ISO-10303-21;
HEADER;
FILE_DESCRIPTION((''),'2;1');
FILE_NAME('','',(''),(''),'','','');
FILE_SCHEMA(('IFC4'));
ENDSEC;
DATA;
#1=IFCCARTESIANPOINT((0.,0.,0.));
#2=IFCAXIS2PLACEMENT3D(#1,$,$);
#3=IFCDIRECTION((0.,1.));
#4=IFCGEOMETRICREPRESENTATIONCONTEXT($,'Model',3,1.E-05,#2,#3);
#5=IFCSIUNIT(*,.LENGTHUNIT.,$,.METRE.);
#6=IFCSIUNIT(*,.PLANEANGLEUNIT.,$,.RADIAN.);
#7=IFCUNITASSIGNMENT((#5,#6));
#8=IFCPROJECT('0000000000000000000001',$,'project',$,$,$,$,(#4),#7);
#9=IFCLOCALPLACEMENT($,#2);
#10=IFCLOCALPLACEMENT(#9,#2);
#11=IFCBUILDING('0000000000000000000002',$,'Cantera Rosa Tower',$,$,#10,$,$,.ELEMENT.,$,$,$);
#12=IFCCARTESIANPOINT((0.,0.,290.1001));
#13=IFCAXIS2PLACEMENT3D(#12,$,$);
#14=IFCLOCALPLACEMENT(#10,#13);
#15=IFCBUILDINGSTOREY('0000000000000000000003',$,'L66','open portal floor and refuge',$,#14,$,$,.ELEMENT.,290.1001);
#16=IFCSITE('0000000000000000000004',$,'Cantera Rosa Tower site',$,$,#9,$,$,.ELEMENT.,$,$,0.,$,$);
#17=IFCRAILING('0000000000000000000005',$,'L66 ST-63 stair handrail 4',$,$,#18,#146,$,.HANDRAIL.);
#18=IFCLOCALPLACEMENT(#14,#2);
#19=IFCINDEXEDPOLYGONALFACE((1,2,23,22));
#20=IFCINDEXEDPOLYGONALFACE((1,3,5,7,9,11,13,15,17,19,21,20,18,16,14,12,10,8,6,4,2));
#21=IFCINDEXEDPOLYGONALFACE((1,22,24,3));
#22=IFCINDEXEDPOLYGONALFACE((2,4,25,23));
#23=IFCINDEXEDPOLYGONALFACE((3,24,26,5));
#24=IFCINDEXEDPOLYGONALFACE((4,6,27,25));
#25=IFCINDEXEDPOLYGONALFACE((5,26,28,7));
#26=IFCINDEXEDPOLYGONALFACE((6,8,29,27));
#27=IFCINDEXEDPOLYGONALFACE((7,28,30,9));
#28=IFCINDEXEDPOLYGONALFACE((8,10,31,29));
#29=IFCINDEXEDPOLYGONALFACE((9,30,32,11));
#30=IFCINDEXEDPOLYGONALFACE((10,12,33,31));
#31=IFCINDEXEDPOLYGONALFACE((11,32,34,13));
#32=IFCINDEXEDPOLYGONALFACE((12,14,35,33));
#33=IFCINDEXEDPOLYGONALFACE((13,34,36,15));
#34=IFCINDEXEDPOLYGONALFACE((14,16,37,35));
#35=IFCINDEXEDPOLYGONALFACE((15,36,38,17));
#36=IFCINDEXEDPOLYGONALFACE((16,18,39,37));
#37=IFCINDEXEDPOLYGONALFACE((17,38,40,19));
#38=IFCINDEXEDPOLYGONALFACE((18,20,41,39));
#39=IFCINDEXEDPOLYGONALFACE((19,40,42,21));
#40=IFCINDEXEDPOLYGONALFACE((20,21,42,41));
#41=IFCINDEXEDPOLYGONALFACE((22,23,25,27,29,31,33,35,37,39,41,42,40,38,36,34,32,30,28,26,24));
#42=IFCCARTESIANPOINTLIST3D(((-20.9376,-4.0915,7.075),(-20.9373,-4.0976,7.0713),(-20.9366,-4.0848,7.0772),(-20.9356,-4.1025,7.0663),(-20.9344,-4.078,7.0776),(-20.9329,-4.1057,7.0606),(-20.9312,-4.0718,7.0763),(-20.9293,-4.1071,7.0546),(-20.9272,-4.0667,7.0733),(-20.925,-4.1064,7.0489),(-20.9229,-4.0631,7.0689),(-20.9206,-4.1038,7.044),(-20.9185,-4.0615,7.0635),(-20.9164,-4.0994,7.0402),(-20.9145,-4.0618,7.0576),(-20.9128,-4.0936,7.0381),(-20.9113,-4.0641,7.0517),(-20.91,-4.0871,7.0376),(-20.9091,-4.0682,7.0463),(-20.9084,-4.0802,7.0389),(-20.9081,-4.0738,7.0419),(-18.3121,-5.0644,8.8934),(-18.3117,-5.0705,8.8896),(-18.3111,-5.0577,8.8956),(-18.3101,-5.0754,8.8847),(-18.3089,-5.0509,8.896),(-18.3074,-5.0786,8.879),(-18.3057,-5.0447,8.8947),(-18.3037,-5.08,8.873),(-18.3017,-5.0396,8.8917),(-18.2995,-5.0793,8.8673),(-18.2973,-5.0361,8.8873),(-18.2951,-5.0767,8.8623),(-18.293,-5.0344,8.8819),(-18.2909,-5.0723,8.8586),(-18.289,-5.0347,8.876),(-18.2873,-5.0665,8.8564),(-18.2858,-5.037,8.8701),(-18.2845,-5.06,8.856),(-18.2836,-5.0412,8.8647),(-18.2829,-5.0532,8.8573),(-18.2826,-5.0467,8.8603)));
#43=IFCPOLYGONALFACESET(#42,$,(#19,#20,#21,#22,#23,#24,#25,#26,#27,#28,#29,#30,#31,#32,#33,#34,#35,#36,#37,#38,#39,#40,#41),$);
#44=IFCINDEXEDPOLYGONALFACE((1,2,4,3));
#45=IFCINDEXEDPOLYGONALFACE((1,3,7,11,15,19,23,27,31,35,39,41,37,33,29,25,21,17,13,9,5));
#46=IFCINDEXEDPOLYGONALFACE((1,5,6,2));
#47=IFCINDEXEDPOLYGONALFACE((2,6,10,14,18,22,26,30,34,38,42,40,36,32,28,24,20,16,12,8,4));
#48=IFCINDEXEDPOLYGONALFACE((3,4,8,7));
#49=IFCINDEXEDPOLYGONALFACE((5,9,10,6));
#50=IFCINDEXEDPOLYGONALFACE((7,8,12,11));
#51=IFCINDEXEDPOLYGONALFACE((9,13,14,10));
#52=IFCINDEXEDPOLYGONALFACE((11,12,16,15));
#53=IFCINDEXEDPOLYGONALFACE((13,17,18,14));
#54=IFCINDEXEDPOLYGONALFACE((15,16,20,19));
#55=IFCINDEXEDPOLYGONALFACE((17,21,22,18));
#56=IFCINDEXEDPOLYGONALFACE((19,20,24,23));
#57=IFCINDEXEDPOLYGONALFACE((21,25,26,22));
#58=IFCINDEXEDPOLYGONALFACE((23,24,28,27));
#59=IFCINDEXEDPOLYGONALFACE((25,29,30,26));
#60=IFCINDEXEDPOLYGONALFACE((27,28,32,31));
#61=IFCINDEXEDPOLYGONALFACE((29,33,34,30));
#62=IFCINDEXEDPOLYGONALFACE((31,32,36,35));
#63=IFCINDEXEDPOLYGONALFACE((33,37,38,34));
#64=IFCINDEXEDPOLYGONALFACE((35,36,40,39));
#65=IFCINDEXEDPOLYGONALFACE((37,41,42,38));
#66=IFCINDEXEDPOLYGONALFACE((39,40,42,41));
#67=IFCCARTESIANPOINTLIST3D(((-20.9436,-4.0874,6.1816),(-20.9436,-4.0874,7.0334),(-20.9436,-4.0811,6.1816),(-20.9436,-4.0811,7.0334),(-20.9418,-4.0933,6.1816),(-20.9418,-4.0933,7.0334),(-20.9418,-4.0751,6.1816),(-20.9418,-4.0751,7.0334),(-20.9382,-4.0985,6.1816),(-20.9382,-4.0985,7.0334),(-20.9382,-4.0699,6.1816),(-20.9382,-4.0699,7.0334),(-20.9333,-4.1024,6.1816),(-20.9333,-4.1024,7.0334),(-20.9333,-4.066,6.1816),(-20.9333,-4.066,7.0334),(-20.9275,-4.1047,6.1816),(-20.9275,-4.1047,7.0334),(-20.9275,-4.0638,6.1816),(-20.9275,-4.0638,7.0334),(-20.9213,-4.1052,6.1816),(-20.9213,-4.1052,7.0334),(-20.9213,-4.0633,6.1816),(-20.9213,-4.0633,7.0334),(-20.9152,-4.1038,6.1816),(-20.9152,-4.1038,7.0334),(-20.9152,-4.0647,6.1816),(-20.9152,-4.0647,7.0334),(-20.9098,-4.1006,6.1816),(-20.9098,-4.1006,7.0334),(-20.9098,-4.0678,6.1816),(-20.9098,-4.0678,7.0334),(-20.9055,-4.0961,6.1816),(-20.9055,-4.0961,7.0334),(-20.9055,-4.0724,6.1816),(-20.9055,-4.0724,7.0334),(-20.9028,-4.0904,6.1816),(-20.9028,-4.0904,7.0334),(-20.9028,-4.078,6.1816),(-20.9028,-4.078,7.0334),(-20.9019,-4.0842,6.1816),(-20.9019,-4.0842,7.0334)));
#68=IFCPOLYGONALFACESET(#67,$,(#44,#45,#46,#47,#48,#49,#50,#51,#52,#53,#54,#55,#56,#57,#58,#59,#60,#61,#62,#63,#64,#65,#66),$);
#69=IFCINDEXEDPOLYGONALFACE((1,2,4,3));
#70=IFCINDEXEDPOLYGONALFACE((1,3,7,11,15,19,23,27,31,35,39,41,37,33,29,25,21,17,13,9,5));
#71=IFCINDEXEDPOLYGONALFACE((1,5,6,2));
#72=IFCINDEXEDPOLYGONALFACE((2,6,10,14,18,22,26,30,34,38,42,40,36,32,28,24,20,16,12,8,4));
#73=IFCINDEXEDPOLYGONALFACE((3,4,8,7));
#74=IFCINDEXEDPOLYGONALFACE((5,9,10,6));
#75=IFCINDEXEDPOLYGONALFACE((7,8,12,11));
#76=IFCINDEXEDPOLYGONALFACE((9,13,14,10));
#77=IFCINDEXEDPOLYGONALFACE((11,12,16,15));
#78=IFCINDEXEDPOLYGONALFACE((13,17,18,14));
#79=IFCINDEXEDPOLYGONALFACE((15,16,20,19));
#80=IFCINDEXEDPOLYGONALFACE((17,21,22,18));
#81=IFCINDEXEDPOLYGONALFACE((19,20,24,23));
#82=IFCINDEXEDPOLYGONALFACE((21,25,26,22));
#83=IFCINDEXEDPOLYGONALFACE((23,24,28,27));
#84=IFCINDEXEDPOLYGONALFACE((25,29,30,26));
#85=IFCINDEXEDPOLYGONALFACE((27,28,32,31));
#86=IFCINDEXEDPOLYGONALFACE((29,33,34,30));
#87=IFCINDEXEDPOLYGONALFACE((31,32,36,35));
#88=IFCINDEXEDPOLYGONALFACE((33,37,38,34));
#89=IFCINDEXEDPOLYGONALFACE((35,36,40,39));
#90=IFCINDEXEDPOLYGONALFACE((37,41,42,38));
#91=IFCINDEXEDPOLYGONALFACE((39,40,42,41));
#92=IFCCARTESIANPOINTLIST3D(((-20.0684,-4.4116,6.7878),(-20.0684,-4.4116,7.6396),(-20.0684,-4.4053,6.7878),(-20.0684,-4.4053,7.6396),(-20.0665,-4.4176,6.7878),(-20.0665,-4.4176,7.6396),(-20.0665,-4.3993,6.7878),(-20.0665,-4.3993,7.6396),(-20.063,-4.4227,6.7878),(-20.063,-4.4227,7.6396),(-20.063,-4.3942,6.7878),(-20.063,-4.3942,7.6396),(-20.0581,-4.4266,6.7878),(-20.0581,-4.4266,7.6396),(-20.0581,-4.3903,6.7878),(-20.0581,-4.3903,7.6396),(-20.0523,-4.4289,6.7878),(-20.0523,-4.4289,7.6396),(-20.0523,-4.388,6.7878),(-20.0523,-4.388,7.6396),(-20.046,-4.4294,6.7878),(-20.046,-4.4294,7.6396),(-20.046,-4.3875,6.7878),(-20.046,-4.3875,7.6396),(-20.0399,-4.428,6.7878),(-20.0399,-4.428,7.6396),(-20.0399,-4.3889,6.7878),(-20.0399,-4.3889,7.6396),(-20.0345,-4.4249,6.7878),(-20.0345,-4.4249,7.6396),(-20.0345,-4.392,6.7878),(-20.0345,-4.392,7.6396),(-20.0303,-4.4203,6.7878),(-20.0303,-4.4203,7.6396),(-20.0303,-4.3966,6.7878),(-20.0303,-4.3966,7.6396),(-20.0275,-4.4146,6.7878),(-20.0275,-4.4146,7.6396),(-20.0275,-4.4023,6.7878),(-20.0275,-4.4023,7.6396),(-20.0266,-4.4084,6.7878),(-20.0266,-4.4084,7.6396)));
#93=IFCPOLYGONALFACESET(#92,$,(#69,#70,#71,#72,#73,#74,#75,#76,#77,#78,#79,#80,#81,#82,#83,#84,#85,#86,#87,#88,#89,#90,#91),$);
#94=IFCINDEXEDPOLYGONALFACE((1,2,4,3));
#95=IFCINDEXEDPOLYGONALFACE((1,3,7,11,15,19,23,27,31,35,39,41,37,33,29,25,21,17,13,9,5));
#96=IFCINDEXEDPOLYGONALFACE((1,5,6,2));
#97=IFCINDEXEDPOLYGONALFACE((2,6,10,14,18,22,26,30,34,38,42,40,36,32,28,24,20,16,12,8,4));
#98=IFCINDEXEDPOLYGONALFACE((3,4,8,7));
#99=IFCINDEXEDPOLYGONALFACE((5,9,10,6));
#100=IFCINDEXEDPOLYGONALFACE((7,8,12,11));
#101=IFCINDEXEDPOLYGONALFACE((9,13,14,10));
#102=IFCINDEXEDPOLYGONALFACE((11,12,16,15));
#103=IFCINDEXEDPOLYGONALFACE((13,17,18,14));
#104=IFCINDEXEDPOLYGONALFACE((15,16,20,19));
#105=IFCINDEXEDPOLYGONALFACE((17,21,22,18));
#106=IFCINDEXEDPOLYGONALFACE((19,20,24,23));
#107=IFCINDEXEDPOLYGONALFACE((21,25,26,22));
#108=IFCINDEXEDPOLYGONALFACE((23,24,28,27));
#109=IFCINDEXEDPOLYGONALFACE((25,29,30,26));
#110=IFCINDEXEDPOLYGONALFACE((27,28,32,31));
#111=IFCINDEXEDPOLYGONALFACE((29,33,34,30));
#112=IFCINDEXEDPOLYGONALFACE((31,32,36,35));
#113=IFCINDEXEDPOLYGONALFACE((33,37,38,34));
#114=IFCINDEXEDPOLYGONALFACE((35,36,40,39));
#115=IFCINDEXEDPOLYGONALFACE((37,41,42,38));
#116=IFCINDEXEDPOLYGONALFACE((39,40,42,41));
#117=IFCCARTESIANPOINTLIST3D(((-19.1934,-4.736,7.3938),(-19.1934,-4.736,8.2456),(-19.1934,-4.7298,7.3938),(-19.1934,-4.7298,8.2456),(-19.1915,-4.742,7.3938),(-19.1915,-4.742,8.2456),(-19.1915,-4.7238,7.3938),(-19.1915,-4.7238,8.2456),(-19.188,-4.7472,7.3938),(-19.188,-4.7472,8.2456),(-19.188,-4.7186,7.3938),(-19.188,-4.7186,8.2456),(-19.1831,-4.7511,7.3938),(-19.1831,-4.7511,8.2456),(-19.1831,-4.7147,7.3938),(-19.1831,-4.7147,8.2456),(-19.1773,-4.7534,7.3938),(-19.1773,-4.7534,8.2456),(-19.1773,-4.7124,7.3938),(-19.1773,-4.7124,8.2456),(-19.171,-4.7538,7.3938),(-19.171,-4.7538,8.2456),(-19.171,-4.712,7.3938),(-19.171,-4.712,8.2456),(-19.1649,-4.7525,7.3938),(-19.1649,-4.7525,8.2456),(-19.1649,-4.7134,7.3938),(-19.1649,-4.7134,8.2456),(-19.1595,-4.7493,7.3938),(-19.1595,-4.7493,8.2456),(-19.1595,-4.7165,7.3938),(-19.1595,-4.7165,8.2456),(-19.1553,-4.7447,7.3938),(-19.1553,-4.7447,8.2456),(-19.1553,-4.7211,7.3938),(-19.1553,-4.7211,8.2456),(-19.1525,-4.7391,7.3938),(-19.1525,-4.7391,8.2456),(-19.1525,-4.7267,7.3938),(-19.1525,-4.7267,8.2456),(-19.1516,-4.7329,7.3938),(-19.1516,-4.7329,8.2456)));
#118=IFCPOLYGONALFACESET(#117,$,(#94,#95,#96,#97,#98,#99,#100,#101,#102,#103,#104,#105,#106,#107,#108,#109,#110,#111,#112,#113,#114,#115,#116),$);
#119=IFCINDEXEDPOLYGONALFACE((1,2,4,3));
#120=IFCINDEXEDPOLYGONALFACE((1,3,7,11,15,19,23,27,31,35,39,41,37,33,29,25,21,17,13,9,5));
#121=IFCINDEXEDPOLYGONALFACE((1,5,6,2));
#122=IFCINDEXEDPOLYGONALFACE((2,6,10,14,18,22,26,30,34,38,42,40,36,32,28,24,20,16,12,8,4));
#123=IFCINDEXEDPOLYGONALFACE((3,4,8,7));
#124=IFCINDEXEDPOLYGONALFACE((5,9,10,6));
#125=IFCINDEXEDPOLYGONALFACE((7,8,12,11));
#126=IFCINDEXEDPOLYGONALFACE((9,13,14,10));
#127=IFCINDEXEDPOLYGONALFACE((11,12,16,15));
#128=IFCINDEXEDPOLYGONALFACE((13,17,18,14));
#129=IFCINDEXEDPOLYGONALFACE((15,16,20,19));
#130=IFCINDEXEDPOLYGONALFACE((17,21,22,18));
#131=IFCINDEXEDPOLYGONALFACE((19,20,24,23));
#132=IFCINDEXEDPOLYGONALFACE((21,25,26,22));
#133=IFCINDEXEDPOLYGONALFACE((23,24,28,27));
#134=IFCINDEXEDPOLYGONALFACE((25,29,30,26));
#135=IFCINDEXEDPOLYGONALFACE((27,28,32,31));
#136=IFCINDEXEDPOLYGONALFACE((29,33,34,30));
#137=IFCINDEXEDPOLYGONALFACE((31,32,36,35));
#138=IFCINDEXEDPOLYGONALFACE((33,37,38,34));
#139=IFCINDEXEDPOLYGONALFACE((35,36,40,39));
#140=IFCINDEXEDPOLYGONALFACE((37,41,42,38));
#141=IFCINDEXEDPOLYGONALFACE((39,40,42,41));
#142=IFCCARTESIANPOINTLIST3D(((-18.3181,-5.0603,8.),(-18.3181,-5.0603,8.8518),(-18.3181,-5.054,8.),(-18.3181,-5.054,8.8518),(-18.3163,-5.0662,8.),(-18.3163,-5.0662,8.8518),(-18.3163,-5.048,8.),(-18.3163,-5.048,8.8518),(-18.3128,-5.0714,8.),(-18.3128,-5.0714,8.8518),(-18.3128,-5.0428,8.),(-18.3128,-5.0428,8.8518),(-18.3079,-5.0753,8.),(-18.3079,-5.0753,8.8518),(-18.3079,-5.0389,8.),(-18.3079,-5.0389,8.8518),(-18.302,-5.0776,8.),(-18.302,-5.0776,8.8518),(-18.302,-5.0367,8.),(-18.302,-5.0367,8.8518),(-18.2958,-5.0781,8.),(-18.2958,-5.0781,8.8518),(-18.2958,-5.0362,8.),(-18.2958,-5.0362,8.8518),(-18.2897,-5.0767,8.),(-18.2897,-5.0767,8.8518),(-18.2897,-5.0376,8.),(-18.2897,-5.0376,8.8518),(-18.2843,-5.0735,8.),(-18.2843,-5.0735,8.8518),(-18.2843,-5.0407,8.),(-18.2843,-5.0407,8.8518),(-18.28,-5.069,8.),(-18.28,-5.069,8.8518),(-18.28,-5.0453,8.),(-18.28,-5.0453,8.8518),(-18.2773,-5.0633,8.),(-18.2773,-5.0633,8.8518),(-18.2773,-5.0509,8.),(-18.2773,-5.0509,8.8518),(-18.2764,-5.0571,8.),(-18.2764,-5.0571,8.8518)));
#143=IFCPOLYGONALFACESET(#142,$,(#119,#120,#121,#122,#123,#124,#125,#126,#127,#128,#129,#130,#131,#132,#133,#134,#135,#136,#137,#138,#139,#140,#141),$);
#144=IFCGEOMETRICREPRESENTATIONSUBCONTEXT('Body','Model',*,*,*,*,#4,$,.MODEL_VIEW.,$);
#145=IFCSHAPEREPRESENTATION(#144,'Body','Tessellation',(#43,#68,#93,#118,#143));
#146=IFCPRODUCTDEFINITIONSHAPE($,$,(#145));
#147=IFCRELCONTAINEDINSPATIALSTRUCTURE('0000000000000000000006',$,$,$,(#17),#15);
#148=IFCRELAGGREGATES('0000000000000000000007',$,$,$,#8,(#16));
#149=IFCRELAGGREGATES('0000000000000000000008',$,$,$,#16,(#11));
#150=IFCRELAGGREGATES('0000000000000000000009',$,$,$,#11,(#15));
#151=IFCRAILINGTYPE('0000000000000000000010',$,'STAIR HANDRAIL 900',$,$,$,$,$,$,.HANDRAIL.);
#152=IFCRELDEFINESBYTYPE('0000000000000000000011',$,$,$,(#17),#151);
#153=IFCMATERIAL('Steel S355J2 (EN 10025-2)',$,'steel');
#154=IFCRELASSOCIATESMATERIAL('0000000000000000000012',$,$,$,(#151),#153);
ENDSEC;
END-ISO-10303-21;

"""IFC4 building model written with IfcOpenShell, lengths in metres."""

from ifc_helpers import new_model, si_unit, direction, frame, origin, origin_2d, place, context, subcontext, project, spatial, circle, extrude, material, type_object, element, save


model = new_model("IFC4")

# Units and contexts
model_context = context("Model", 3, precision=1e-05, world=origin(), true_north=direction((0.0, 1.0)))
body_context = subcontext(model_context, "Body", "Model", "MODEL_VIEW")
ifc_project = project(units=[si_unit("LENGTHUNIT", "METRE"), si_unit("PLANEANGLEUNIT", "RADIAN")], contexts=[model_context])

# Site, building, storey
site_placement = place(None, origin())
site = spatial("IfcSite", under=ifc_project, at=site_placement, Name="Cantera Rosa Tower site", CompositionType="ELEMENT", RefElevation=0.0)
building_placement = place(site_placement, origin())
building = spatial("IfcBuilding", under=site, at=building_placement, Name="Cantera Rosa Tower", CompositionType="ELEMENT")
storey_placement = place(building_placement, frame((0.0, 0.0, 290.1001)))
storey = spatial("IfcBuildingStorey", under=building, at=storey_placement, Name="L66", Description="open portal floor and refuge", CompositionType="ELEMENT", Elevation=290.1001)

# Railing
ifc_material_1 = material(Name="Steel S355J2 (EN 10025-2)", Category="steel")
railing_type_1 = type_object("IfcRailingType", Name="STAIR HANDRAIL 900", PredefinedType="HANDRAIL", material=ifc_material_1)
for number, where, name in (
    (1, (-20.9229, -4.0842, 6.1816), "L66 ST-63 stair handrail 4"),
):
    element("IfcRailing", number, at=place(storey_placement, frame(where)), inside=storey, type_object=railing_type_1, Name=name, PredefinedType="HANDRAIL", context=body_context, shape_type="SweptSolid", body=[
        extrude(circle(Radius=0.0239, at=origin_2d()), frame((0.0, 0.0, 0.876), z_axis=(0.786407, -0.291411, 0.54465), x_axis=(0.347471, 0.937691, 0.0)), (0.0, 0.0, 1.0), 3.3386),
        extrude(circle(Radius=0.021, at=origin_2d()), origin(), (0.0, 0.0, 1.0), 0.8518),
        extrude(circle(Radius=0.021, at=origin_2d()), frame((0.8752, -0.3242, 0.6062)), (0.0, 0.0, 1.0), 0.8518),
        extrude(circle(Radius=0.021, at=origin_2d()), frame((1.7502, -0.6487, 1.2122)), (0.0, 0.0, 1.0), 0.8518),
        extrude(circle(Radius=0.021, at=origin_2d()), frame((2.6255, -0.9729, 1.8184)), (0.0, 0.0, 1.0), 0.8518),
    ])

save(model, "model.ifc")
